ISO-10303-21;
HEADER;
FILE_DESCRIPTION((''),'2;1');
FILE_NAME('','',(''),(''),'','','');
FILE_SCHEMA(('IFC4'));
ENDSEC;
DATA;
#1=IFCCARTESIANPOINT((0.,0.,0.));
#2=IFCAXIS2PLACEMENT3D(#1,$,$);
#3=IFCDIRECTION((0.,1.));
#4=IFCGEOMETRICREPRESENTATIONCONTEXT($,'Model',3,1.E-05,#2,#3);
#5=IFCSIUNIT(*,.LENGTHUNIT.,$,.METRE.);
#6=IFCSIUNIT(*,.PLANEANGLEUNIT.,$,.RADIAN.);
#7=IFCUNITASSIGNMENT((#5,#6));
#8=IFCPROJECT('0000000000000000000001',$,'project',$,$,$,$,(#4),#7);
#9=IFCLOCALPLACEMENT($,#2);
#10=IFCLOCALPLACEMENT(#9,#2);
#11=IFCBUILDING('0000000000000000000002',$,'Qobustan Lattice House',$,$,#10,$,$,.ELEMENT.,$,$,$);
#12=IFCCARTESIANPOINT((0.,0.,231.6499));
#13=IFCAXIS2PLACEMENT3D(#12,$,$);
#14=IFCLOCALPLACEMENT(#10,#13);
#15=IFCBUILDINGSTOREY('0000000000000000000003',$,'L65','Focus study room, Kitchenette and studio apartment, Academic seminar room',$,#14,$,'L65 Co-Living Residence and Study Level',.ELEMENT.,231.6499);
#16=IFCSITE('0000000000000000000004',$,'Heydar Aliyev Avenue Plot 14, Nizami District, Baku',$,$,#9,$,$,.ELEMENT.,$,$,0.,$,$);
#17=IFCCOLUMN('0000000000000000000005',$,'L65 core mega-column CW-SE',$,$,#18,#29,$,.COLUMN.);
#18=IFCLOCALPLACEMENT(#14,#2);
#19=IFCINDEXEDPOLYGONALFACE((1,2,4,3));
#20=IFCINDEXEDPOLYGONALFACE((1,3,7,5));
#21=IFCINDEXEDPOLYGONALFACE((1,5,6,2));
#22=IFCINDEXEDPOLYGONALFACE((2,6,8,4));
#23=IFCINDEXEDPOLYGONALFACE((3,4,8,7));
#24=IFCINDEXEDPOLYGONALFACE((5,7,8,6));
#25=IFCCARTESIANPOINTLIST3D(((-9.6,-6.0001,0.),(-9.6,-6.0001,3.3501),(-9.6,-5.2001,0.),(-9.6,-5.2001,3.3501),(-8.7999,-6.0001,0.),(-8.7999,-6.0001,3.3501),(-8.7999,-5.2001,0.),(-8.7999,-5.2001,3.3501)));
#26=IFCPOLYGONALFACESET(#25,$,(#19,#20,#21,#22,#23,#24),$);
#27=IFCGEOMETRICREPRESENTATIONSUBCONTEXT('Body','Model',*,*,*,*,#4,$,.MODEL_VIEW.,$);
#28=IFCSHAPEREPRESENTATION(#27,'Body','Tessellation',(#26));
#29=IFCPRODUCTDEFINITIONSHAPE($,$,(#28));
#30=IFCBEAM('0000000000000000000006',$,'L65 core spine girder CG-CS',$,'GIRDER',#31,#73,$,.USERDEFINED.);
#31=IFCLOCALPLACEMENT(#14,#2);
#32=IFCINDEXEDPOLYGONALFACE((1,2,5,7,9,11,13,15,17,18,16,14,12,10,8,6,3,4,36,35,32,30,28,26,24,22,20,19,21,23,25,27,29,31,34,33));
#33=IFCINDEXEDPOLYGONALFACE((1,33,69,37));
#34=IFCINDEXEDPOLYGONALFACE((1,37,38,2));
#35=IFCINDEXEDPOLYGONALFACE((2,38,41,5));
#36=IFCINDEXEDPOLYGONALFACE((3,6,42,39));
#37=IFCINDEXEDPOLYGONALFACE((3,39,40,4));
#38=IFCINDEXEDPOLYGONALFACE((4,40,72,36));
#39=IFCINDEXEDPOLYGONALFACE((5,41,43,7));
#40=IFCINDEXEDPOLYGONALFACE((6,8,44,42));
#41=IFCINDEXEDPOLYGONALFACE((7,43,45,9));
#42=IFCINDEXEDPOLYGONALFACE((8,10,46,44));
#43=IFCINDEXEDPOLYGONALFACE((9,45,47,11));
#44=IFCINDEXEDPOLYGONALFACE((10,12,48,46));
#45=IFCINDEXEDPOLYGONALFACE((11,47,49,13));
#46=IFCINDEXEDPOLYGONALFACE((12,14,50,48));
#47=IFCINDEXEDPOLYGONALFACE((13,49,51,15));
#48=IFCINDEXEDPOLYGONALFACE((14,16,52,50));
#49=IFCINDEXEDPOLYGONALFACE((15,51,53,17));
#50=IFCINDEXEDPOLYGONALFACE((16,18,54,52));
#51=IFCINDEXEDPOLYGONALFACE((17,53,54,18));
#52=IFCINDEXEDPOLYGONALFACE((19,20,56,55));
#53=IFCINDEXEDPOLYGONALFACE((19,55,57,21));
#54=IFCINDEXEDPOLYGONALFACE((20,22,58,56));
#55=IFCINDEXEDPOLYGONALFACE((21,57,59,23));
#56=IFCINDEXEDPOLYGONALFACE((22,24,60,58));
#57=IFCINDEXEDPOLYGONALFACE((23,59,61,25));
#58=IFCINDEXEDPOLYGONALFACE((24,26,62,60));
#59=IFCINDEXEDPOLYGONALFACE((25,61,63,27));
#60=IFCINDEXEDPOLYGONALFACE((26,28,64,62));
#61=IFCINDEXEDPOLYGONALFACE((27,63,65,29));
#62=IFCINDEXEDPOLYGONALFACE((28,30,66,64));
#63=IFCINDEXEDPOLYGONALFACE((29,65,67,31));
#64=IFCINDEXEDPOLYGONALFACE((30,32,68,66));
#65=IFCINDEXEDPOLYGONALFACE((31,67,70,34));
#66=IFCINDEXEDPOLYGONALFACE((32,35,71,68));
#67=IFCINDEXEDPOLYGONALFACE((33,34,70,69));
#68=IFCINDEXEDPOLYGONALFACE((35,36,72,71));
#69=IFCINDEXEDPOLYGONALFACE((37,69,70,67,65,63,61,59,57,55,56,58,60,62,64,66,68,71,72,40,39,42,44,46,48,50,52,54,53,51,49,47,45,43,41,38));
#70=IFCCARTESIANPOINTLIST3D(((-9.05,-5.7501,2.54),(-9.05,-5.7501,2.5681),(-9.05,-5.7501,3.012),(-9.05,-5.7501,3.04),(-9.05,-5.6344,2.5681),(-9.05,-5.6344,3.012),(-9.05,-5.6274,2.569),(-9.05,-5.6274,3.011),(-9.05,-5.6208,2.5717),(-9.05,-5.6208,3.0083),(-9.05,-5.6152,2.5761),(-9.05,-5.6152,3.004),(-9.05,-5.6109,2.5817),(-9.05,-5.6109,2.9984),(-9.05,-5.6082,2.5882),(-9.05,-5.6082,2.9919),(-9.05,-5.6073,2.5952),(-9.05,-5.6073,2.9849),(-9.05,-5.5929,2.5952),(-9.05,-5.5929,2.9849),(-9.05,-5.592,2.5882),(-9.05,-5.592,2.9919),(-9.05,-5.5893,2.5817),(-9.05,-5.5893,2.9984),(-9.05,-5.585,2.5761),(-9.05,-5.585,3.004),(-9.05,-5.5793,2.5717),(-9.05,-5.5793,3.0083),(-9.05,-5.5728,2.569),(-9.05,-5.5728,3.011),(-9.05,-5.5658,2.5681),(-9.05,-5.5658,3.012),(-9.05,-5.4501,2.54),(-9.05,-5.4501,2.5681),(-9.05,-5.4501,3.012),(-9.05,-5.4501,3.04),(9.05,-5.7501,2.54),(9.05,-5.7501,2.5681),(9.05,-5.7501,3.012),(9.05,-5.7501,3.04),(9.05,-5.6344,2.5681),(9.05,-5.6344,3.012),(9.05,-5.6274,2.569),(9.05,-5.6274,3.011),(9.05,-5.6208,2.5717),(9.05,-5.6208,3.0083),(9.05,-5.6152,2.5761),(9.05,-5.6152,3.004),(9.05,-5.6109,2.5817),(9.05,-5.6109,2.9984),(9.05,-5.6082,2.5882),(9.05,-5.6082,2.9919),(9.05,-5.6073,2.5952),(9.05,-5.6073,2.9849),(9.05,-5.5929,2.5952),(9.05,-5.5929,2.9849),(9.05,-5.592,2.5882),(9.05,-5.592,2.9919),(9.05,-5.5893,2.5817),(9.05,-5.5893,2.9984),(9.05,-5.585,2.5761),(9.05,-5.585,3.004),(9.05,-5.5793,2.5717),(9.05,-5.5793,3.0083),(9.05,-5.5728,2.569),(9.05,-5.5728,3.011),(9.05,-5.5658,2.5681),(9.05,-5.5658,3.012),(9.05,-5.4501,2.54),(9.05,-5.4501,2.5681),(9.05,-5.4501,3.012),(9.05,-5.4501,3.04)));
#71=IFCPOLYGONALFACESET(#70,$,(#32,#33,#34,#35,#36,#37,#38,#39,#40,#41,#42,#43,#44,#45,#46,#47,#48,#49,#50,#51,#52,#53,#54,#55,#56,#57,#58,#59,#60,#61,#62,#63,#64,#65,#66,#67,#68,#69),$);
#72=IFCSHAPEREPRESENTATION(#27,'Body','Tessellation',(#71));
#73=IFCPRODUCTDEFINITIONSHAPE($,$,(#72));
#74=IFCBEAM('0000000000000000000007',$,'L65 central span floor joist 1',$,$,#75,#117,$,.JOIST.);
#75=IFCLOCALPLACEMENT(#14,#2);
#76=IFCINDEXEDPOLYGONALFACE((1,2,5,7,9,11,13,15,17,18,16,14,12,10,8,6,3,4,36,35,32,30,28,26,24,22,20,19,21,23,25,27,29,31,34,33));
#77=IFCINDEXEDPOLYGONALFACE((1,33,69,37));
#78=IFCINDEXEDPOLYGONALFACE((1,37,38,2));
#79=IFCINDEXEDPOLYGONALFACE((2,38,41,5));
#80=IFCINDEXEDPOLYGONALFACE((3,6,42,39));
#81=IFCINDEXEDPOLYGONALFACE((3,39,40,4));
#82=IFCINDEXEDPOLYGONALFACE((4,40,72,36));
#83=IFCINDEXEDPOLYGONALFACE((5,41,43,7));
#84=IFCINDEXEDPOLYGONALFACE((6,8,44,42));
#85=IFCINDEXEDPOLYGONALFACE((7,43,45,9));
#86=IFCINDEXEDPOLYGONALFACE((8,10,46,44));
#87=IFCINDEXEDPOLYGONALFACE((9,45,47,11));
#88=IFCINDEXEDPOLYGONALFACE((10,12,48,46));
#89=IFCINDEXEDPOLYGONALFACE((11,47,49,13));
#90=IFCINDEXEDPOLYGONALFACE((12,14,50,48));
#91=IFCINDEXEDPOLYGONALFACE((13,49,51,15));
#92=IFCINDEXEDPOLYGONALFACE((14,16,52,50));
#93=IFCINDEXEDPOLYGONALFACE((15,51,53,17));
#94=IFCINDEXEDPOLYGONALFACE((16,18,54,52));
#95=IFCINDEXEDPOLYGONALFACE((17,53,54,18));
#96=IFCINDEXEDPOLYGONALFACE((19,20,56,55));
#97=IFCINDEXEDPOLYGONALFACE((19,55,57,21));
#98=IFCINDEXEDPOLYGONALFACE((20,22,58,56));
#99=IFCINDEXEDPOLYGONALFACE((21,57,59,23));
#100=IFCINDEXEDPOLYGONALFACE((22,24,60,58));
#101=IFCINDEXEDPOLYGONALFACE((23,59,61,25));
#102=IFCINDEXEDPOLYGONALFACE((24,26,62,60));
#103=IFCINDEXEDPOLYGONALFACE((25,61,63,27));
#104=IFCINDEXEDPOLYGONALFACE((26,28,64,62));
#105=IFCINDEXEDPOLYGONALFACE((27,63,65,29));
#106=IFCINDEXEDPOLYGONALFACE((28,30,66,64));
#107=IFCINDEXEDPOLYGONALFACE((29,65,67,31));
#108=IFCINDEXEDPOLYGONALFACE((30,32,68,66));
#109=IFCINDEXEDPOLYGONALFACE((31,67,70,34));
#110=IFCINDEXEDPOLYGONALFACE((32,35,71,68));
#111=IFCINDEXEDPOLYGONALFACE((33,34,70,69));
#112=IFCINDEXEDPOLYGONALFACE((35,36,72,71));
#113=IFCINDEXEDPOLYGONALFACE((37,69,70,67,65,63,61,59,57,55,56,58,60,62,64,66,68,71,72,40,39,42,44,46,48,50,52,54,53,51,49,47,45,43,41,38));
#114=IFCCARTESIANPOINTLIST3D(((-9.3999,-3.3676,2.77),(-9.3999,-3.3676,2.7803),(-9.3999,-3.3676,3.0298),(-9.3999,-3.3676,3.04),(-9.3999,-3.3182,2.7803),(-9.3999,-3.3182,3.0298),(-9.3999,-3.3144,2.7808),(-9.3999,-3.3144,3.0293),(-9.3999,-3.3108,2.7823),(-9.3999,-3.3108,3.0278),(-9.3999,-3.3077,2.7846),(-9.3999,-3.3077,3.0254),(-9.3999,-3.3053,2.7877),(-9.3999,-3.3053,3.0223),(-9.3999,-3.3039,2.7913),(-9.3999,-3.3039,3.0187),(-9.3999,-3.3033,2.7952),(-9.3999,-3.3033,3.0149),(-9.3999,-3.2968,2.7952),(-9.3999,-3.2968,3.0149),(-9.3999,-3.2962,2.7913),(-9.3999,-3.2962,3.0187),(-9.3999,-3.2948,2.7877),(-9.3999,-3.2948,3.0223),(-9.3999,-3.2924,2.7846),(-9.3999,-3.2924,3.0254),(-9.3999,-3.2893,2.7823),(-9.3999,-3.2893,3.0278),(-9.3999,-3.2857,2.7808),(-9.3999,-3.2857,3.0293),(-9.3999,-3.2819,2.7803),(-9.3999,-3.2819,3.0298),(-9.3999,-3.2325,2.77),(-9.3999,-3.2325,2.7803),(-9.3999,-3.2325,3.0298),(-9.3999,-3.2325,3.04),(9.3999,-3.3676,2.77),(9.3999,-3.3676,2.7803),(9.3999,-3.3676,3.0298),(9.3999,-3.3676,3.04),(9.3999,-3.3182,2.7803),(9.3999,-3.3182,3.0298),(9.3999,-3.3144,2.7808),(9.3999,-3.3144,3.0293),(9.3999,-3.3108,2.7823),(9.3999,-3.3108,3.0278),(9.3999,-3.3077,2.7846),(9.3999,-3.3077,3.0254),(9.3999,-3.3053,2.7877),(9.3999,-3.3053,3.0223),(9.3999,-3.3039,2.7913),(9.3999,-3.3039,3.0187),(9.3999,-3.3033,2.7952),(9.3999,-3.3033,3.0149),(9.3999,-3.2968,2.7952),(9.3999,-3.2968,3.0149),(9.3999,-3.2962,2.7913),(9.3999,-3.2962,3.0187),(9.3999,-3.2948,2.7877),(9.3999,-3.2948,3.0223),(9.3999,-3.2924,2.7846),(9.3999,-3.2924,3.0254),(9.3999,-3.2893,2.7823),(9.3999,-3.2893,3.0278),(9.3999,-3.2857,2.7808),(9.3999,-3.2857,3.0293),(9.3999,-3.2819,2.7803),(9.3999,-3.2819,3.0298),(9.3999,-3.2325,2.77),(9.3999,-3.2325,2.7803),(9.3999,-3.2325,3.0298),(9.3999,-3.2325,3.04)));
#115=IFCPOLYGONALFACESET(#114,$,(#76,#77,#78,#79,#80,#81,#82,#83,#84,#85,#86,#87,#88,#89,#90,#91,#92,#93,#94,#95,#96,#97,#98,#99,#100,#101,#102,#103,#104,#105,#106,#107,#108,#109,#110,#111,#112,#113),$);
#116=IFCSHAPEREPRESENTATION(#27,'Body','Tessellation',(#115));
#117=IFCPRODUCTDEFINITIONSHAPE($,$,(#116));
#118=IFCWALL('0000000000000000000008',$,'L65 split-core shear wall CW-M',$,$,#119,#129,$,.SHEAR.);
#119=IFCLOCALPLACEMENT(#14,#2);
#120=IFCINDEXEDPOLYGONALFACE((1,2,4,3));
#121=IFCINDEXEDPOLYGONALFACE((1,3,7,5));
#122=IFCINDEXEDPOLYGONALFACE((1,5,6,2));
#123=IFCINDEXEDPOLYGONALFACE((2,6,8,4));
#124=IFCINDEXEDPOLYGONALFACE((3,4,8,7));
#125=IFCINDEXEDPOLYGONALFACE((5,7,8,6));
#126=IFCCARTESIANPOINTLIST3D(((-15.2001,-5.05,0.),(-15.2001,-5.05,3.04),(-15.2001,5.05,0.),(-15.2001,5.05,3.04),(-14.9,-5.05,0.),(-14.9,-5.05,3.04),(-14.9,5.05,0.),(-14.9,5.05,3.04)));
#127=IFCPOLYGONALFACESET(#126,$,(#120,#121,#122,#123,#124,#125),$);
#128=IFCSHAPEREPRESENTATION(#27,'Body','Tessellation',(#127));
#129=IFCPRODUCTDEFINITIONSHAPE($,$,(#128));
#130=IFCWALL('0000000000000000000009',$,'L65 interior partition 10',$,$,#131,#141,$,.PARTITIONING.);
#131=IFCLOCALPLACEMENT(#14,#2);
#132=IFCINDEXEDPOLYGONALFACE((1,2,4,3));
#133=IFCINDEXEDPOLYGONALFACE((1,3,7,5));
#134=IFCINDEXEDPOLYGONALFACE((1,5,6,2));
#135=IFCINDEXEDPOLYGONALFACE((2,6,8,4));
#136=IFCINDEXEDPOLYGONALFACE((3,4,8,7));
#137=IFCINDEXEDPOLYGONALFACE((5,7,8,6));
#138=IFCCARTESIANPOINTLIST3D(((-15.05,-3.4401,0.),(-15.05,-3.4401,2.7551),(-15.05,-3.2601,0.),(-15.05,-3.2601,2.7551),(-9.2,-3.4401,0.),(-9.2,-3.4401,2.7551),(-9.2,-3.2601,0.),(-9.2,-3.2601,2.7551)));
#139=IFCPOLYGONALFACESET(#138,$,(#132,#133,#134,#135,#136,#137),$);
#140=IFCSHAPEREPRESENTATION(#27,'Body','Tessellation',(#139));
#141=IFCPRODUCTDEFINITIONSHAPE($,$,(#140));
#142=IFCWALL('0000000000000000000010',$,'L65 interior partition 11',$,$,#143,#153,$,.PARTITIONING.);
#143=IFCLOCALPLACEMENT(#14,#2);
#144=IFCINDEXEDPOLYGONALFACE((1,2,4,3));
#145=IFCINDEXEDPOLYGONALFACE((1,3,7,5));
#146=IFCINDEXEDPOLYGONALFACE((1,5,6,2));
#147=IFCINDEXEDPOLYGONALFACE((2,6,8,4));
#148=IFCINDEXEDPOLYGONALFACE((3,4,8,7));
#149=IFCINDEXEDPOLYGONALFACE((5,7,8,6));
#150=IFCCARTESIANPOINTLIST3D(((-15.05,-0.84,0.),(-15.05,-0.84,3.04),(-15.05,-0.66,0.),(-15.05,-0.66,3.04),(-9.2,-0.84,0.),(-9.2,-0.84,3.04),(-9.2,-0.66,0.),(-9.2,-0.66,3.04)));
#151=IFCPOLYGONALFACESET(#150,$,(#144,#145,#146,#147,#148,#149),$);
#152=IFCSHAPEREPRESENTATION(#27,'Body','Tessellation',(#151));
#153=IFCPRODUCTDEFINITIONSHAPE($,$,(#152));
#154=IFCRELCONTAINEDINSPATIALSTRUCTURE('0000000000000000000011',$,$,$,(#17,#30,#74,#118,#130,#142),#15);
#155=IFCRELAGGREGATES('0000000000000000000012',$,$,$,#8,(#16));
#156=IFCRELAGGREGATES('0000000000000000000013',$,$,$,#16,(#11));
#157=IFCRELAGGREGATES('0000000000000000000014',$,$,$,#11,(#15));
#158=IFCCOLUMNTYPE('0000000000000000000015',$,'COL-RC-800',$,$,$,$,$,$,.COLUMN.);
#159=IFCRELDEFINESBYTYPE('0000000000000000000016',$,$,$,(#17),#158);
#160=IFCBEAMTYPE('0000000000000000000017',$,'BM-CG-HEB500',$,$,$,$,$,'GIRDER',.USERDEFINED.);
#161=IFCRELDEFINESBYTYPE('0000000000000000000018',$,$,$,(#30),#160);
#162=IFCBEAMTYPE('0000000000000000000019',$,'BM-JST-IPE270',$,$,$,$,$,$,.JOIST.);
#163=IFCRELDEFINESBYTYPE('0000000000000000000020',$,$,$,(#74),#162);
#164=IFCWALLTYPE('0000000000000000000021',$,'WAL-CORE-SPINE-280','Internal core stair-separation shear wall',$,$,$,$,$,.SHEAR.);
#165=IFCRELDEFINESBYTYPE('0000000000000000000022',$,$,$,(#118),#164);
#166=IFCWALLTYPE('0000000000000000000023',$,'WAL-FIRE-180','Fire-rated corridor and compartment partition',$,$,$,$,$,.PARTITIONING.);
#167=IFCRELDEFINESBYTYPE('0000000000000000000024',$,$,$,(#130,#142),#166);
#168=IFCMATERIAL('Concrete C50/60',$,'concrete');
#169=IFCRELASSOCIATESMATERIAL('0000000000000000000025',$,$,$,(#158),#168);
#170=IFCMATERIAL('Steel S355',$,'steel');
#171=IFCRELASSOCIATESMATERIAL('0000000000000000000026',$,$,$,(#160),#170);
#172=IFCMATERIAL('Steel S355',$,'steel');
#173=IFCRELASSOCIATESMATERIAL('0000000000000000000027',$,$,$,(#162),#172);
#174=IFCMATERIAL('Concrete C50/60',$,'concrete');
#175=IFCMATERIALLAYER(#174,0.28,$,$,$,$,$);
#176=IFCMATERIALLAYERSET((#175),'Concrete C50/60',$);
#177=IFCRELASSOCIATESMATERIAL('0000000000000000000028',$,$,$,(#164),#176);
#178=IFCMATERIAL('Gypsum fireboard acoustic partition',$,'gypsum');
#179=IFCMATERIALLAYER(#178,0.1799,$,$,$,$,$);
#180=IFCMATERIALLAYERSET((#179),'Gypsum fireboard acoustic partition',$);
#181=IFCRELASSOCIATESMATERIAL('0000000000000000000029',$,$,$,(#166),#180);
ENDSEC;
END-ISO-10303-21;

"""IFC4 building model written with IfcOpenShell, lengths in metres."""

from ifc_helpers import new_model, si_unit, direction, frame, frame_2d, origin, origin_2d, place, context, subcontext, project, spatial, rectangle, i_section, extrude, material, layer, layer_set, material_profile, profile_set, type_object, element, save


model = new_model("IFC4")

# Units and contexts
model_context = context("Model", 3, precision=1e-05, world=origin(), true_north=direction((0.0, 1.0)))
body_context = subcontext(model_context, "Body", "Model", "MODEL_VIEW")
ifc_project = project(units=[si_unit("LENGTHUNIT", "METRE"), si_unit("PLANEANGLEUNIT", "RADIAN")], contexts=[model_context])

# Site, building, storey
site_placement = place(None, origin())
site = spatial("IfcSite", under=ifc_project, at=site_placement, Name="Heydar Aliyev Avenue Plot 14, Nizami District, Baku", CompositionType="ELEMENT", RefElevation=0.0)
building_placement = place(site_placement, origin())
building = spatial("IfcBuilding", under=site, at=building_placement, Name="Qobustan Lattice House", CompositionType="ELEMENT")
storey_placement = place(building_placement, frame((0.0, 0.0, 231.6499)))
storey = spatial("IfcBuildingStorey", under=building, at=storey_placement, Name="L65", Description="Focus study room, Kitchenette and studio apartment, Academic seminar room", LongName="L65 Co-Living Residence and Study Level", CompositionType="ELEMENT", Elevation=231.6499)

# Column
ifc_material_1 = material(Name="Concrete C50/60", Category="concrete")
ifc_material_profile_1 = material_profile(ifc_material_1, rectangle(XDim=0.8, YDim=0.8, at=origin_2d()), Name="RC800x800")
ifc_profile_set_1 = profile_set([ifc_material_profile_1], Name="Concrete C50/60")
column_type = type_object("IfcColumnType", Name="COL-RC-800", PredefinedType="COLUMN", material=ifc_profile_set_1)
column_placement = place(storey_placement, frame((-9.2, -5.6001, 0.0), z_axis=(0.0, 0.0, 1.0), x_axis=(1.0, 0.0, 0.0)))
element("IfcColumn", 1, at=column_placement, inside=storey, type_object=column_type, Name="L65 core mega-column CW-SE", PredefinedType="COLUMN", context=body_context, shape_type="SweptSolid", body=[
    extrude(rectangle(XDim=0.8, YDim=0.8, at=origin_2d()), origin(), (0.0, 0.0, 1.0), 3.3501),
])

# Beams
ifc_material_2 = material(Name="Steel S355", Category="steel")
ifc_material_profile_2 = material_profile(ifc_material_2, i_section(OverallWidth=0.3, OverallDepth=0.5, WebThickness=0.0144, FlangeThickness=0.0281, FilletRadius=0.0271, at=origin_2d()), Name="HEB500")
ifc_profile_set_2 = profile_set([ifc_material_profile_2], Name="Steel S355")
beam_type_1 = type_object("IfcBeamType", Name="BM-CG-HEB500", ElementType="GIRDER", PredefinedType="USERDEFINED", material=ifc_profile_set_2)
beam_1_placement = place(storey_placement, frame((-9.05, -5.6001, 2.79), z_axis=(1.0, 0.0, 0.0), x_axis=(0.0, 1.0, 0.0)))
element("IfcBeam", 2, at=beam_1_placement, inside=storey, type_object=beam_type_1, Name="L65 core spine girder CG-CS", ObjectType="GIRDER", PredefinedType="USERDEFINED", context=body_context, shape_type="SweptSolid", body=[
    extrude(i_section(OverallWidth=0.3, OverallDepth=0.5, WebThickness=0.0144, FlangeThickness=0.0281, FilletRadius=0.0271, at=origin_2d()), origin(), (0.0, 0.0, 1.0), 18.1001),
])
ifc_material_3 = material(Name="Steel S355", Category="steel")
ifc_material_profile_3 = material_profile(ifc_material_3, i_section(OverallWidth=0.135, OverallDepth=0.27, WebThickness=0.0066, FlangeThickness=0.0103, FilletRadius=0.0149, at=origin_2d()), Name="IPE270")
ifc_profile_set_3 = profile_set([ifc_material_profile_3], Name="Steel S355")
beam_type_2 = type_object("IfcBeamType", Name="BM-JST-IPE270", PredefinedType="JOIST", material=ifc_profile_set_3)
beam_2_placement = place(storey_placement, frame((-9.3999, -3.3, 2.905), z_axis=(1.0, 0.0, 0.0), x_axis=(0.0, 1.0, 0.0)))
element("IfcBeam", 3, at=beam_2_placement, inside=storey, type_object=beam_type_2, Name="L65 central span floor joist 1", PredefinedType="JOIST", context=body_context, shape_type="SweptSolid", body=[
    extrude(i_section(OverallWidth=0.135, OverallDepth=0.27, WebThickness=0.0066, FlangeThickness=0.0103, FilletRadius=0.0149, at=origin_2d()), origin(), (0.0, 0.0, 1.0), 18.7998),
])

# Walls
ifc_material_4 = material(Name="Concrete C50/60", Category="concrete")
ifc_layer_1 = layer(ifc_material_4, 0.28)
ifc_layer_set_1 = layer_set([ifc_layer_1], Name="Concrete C50/60")
wall_type_1 = type_object("IfcWallType", Name="WAL-CORE-SPINE-280", Description="Internal core stair-separation shear wall", PredefinedType="SHEAR", material=ifc_layer_set_1)
wall_1_placement = place(storey_placement, frame((-15.05, -5.05, 0.0), z_axis=(0.0, 0.0, 1.0), x_axis=(0.0, 1.0, 0.0)))
element("IfcWall", 4, at=wall_1_placement, inside=storey, type_object=wall_type_1, Name="L65 split-core shear wall CW-M", PredefinedType="SHEAR", context=body_context, shape_type="SweptSolid", body=[
    extrude(rectangle(XDim=10.1001, YDim=0.3, at=frame_2d((5.05, 0.0))), origin(), (0.0, 0.0, 1.0), 3.04),
])
ifc_material_5 = material(Name="Gypsum fireboard acoustic partition", Category="gypsum")
ifc_layer_2 = layer(ifc_material_5, 0.1799)
ifc_layer_set_2 = layer_set([ifc_layer_2], Name="Gypsum fireboard acoustic partition")
wall_type_2 = type_object("IfcWallType", Name="WAL-FIRE-180", Description="Fire-rated corridor and compartment partition", PredefinedType="PARTITIONING", material=ifc_layer_set_2)
wall_2_placement = place(storey_placement, frame((-15.05, -3.3501, 0.0), z_axis=(0.0, 0.0, 1.0), x_axis=(1.0, 0.0, 0.0)))
element("IfcWall", 5, at=wall_2_placement, inside=storey, type_object=wall_type_2, Name="L65 interior partition 10", PredefinedType="PARTITIONING", context=body_context, shape_type="SweptSolid", body=[
    extrude(rectangle(XDim=5.8501, YDim=0.1799, at=frame_2d((2.925, 0.0))), origin(), (0.0, 0.0, 1.0), 2.7551),
])
wall_3_placement = place(storey_placement, frame((-9.2, -0.75, 0.0), z_axis=(0.0, 0.0, 1.0), x_axis=(-1.0, 0.0, 0.0)))
element("IfcWall", 6, at=wall_3_placement, inside=storey, type_object=wall_type_2, Name="L65 interior partition 11", PredefinedType="PARTITIONING", context=body_context, shape_type="SweptSolid", body=[
    extrude(rectangle(XDim=5.8501, YDim=0.1799, at=frame_2d((2.925, 0.0))), origin(), (0.0, 0.0, 1.0), 3.04),
])

save(model, "model.ifc")
